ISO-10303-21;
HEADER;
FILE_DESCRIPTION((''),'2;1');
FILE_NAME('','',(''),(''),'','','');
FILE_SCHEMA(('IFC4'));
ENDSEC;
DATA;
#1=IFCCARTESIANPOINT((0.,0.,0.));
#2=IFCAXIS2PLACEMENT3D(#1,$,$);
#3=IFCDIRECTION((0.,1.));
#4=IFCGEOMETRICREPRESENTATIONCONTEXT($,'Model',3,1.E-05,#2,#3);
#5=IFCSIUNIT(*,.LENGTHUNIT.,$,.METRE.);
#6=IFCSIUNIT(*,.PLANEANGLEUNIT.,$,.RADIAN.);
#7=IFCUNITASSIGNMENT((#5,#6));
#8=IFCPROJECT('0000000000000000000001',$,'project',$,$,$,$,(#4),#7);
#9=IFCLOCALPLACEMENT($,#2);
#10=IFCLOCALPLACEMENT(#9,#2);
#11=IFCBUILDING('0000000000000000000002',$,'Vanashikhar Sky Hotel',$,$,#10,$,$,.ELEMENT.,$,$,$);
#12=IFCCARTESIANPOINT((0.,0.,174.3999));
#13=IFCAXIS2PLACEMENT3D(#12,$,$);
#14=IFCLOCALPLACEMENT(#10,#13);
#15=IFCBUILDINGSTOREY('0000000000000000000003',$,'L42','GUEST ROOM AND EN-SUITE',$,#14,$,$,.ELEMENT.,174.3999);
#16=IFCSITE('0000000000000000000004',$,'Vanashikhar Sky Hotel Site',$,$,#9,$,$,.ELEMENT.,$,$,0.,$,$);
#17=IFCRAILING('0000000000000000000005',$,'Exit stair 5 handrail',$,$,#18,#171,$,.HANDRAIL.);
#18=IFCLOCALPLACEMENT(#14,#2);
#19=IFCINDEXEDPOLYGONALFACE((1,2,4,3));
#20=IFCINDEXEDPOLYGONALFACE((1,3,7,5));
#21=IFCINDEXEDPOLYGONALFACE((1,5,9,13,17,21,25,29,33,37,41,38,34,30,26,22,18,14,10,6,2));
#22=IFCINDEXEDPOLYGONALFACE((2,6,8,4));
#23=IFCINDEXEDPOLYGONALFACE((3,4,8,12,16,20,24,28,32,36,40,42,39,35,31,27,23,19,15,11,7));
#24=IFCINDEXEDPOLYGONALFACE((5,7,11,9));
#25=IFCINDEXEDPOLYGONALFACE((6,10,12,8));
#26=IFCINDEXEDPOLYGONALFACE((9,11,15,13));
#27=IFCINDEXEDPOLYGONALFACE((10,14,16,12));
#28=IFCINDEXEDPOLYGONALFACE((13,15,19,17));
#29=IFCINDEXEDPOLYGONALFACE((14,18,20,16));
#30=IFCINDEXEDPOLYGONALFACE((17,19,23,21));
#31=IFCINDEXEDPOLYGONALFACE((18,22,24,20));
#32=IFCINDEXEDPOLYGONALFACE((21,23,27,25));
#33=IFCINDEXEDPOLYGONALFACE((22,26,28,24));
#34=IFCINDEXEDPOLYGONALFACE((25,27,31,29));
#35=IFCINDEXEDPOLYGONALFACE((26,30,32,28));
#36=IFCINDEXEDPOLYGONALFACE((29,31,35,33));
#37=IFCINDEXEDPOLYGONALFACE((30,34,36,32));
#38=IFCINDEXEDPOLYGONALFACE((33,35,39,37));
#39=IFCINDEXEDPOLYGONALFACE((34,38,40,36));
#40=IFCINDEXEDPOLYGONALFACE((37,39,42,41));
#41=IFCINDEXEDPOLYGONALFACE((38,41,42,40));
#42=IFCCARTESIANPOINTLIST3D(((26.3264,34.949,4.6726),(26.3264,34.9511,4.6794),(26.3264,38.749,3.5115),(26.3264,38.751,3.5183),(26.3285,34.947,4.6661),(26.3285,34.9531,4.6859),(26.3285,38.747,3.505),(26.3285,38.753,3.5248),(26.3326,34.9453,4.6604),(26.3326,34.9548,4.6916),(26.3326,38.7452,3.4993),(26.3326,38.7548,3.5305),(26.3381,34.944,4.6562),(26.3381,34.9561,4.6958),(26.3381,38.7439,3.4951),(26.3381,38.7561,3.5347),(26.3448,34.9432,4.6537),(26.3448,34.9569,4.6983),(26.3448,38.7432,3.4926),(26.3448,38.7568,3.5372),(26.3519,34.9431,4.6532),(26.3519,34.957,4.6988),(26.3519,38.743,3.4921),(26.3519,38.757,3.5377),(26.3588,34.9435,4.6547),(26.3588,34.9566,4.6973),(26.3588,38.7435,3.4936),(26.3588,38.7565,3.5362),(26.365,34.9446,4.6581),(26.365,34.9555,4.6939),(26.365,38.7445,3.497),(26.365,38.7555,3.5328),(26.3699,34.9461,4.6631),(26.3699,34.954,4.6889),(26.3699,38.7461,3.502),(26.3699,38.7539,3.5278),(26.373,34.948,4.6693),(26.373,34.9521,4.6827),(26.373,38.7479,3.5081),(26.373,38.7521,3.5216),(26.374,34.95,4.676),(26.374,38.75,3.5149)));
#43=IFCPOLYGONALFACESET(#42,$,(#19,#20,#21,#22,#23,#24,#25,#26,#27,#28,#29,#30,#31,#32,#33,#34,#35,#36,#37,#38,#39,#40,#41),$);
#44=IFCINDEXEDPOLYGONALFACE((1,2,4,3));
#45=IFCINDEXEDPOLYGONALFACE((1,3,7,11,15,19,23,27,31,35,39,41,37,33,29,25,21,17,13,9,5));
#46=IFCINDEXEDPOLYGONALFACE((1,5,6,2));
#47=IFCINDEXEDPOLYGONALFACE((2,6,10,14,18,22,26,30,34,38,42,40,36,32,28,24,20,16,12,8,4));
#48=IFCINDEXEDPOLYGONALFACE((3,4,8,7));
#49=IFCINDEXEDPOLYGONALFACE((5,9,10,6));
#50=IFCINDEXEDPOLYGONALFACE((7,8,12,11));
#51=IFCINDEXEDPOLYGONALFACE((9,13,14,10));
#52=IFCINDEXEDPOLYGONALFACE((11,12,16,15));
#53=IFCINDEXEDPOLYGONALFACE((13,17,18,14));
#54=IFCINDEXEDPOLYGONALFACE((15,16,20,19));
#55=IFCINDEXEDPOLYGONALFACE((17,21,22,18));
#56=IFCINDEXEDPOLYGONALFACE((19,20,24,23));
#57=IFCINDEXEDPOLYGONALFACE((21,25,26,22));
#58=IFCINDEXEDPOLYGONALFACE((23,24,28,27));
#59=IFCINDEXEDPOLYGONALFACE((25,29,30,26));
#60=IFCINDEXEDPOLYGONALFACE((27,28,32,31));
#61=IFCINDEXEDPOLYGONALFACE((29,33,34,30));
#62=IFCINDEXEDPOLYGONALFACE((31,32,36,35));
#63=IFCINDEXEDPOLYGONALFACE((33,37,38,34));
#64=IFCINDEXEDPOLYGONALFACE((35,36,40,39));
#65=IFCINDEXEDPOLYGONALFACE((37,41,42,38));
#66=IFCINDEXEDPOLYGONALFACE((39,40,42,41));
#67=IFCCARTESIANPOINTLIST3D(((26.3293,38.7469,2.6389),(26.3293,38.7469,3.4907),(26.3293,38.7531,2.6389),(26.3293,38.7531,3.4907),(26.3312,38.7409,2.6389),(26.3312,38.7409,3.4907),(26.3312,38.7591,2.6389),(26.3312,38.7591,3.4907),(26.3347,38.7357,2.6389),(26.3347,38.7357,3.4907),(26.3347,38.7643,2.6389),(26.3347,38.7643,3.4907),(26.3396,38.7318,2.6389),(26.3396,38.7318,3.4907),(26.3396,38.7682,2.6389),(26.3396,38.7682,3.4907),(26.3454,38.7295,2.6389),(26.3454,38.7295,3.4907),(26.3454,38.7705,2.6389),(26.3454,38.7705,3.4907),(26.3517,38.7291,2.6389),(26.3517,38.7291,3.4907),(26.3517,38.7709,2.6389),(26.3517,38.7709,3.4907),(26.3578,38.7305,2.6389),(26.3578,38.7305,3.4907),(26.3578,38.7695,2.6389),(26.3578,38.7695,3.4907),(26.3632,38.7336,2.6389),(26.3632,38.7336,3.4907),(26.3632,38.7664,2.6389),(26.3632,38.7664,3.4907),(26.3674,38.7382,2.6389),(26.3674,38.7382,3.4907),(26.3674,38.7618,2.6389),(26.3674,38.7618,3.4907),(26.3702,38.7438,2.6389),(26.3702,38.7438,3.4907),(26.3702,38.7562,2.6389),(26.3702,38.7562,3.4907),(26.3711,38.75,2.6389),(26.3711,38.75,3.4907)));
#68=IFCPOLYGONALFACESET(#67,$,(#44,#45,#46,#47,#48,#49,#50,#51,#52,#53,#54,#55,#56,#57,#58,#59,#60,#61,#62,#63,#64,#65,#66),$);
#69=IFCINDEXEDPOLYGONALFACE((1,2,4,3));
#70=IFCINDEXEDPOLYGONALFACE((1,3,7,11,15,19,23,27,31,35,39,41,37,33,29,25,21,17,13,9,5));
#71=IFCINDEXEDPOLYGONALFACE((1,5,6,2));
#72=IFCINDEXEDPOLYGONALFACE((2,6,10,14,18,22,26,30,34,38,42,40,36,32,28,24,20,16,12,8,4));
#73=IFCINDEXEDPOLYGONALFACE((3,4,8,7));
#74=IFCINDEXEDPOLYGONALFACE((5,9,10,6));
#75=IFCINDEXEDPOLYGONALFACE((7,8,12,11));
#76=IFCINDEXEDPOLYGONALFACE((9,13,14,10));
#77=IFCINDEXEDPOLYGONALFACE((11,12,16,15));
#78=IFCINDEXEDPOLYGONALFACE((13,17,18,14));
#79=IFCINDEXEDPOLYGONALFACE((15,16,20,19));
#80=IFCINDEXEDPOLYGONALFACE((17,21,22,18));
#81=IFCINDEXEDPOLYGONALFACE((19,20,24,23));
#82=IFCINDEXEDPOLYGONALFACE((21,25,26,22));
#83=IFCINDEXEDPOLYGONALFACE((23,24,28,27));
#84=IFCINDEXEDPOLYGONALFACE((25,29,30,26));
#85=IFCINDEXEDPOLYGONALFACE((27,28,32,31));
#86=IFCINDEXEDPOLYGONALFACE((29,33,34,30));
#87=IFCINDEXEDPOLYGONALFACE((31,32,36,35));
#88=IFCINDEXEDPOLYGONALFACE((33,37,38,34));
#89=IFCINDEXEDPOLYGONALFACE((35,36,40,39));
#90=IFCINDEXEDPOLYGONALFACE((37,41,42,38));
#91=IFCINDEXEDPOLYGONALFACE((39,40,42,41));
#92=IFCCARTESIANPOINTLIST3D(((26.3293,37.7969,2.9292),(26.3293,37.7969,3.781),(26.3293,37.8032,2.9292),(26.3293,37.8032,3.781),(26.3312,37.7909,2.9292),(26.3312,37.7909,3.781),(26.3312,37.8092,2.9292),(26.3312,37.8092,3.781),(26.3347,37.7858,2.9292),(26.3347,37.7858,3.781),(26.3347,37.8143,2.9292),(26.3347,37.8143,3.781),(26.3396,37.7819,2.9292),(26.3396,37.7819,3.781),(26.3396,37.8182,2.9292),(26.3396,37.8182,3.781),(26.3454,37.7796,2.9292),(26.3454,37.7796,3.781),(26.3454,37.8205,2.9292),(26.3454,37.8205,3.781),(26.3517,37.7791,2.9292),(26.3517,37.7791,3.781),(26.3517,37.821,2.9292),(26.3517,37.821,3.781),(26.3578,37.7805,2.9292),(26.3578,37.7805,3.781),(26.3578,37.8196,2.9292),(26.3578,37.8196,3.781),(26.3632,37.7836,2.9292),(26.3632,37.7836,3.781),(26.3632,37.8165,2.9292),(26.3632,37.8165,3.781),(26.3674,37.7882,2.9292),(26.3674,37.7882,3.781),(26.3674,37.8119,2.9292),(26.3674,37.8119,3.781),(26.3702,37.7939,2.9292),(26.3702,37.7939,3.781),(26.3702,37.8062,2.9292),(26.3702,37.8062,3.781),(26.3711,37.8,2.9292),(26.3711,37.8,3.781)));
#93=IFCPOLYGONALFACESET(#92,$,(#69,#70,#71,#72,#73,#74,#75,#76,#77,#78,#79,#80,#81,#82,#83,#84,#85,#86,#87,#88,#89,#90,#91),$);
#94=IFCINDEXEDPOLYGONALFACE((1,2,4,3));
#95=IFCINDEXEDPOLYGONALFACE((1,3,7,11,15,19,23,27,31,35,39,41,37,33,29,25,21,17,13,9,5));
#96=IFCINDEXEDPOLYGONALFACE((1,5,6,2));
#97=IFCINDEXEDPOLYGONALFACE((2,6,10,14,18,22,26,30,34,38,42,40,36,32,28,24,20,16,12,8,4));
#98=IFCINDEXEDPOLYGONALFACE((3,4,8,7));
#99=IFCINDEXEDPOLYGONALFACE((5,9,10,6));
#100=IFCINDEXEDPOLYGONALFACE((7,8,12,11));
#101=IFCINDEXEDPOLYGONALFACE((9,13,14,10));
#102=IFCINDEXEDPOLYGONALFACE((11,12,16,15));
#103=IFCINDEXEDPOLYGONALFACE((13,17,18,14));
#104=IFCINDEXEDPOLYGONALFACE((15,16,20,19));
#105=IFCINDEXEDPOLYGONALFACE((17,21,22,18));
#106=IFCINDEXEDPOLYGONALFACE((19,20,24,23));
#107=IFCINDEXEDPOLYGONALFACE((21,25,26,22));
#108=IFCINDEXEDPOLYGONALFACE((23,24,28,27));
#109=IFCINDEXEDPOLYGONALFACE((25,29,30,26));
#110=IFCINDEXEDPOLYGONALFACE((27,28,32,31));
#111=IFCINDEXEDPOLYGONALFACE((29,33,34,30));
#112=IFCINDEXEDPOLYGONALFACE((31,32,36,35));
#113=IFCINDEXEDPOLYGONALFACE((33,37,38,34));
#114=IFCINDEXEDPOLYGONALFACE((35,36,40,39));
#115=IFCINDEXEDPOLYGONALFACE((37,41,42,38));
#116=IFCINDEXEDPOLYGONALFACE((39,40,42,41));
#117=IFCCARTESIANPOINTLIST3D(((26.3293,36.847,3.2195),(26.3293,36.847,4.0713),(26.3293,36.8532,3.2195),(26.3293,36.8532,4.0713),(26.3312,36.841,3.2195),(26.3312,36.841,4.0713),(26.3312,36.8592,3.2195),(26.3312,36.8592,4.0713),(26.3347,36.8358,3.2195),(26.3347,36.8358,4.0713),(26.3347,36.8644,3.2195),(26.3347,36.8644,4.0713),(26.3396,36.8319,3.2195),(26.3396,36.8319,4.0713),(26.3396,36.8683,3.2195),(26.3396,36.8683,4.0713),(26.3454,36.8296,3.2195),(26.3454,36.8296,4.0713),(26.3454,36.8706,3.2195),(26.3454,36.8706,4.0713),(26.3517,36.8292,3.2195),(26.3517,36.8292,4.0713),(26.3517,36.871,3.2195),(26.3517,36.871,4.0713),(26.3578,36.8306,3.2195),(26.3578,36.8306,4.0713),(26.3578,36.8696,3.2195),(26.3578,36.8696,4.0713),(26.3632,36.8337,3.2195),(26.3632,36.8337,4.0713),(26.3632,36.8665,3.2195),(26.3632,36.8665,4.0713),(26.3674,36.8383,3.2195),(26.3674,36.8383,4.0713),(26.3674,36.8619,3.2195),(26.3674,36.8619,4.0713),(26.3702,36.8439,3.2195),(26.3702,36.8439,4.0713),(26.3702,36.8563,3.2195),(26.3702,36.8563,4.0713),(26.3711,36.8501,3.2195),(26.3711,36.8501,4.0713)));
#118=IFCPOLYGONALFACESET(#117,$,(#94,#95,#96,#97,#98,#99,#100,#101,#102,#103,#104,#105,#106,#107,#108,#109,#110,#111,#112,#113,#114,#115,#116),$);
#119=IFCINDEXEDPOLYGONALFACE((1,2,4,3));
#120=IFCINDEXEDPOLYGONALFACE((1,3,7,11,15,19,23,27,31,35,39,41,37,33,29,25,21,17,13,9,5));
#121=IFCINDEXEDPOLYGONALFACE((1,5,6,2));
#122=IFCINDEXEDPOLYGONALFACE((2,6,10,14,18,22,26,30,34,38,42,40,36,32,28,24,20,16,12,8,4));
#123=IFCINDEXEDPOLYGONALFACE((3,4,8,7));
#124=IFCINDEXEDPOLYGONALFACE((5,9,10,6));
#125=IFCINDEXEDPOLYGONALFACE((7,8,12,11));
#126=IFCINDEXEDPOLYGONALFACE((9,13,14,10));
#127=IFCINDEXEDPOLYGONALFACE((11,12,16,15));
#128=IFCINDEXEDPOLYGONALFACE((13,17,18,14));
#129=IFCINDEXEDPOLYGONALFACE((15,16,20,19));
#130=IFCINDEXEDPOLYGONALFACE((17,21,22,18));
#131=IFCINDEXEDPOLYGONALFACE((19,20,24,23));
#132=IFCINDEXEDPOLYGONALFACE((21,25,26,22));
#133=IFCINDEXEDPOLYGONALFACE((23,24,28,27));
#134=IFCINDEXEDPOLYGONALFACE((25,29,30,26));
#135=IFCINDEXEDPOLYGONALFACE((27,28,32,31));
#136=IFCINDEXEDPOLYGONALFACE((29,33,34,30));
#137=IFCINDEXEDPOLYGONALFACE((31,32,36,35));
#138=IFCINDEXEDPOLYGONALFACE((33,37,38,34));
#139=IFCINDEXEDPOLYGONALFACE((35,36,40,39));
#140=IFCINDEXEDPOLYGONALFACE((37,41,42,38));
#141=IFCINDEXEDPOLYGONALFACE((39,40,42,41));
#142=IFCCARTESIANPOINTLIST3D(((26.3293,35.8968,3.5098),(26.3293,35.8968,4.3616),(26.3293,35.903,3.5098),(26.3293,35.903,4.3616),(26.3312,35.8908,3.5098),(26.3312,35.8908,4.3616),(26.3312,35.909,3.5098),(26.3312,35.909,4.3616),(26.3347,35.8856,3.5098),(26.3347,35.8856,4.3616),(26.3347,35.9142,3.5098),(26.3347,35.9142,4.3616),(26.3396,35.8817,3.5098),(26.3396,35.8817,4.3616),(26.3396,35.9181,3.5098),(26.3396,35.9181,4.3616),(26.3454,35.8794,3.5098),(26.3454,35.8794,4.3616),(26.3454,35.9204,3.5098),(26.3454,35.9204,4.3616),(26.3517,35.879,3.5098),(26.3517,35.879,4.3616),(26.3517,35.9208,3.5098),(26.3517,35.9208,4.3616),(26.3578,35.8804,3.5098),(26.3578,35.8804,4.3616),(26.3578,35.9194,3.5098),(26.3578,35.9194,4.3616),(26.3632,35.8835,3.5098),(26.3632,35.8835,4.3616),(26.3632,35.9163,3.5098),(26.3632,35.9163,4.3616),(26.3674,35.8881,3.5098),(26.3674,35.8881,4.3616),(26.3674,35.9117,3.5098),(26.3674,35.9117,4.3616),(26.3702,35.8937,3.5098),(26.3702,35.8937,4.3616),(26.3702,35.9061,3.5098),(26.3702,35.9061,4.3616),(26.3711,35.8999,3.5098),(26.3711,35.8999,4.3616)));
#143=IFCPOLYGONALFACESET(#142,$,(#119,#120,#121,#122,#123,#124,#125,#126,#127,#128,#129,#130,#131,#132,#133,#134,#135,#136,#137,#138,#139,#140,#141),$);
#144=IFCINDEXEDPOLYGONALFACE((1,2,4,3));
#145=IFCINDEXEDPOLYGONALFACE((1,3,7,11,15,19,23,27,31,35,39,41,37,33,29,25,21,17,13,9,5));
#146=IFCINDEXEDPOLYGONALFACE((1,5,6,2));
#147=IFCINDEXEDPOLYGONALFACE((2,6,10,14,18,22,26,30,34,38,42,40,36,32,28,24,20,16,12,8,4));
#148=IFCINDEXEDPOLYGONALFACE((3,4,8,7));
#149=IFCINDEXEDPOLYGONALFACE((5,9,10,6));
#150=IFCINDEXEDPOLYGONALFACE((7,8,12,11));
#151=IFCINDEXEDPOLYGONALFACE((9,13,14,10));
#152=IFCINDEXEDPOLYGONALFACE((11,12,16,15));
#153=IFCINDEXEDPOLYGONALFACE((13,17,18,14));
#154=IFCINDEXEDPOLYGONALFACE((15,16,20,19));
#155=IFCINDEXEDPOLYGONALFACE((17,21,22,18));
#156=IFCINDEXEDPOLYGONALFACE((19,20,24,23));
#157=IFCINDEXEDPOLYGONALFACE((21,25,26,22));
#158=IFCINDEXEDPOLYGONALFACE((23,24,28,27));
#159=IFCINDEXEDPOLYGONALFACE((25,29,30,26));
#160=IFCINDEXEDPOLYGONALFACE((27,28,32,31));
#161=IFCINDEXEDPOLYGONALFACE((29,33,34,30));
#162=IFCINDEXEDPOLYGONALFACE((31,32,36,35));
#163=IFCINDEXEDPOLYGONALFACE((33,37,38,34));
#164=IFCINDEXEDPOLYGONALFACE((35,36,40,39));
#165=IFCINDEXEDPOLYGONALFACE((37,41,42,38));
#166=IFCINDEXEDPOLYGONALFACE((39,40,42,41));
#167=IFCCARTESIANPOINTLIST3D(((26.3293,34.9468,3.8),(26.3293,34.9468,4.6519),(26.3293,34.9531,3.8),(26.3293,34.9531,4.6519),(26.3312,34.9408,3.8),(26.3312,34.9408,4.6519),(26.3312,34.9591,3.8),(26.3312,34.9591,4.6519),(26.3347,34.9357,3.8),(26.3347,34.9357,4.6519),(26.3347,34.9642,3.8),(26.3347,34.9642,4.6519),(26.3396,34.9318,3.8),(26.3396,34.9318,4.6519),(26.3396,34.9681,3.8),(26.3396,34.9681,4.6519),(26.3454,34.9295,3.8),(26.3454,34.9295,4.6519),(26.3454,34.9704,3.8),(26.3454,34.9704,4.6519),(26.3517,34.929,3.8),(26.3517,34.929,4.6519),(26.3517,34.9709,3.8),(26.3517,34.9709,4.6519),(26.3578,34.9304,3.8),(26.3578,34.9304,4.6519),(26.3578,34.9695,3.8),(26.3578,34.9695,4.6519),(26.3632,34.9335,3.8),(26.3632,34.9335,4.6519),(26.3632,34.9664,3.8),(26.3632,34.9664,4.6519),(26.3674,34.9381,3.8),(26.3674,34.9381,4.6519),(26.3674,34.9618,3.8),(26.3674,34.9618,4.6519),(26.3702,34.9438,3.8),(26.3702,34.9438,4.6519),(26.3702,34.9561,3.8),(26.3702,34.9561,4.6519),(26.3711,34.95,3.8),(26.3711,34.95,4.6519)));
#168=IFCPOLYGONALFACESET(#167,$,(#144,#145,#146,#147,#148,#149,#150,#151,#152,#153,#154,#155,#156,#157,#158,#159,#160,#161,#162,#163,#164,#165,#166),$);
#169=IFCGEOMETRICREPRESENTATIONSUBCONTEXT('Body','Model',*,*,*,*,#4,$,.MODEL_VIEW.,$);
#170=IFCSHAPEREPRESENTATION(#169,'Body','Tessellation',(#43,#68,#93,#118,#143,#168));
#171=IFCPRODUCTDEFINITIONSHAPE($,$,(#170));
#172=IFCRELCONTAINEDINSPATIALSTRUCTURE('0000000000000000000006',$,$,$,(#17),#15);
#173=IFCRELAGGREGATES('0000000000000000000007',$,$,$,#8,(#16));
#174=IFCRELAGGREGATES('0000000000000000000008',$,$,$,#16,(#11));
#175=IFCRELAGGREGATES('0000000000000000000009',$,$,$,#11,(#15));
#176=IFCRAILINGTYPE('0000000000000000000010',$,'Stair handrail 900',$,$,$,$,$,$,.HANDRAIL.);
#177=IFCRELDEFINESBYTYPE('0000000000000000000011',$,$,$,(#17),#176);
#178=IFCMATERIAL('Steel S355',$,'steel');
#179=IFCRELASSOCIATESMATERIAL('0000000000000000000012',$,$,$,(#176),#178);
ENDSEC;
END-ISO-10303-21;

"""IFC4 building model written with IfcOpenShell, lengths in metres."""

from ifc_helpers import new_model, si_unit, direction, frame, origin, origin_2d, place, context, subcontext, project, spatial, circle, extrude, source, transform, mapped, material, type_object, element, save


model = new_model("IFC4")

# Units and contexts
model_context = context("Model", 3, precision=1e-05, world=origin(), true_north=direction((0.0, 1.0)))
body_context = subcontext(model_context, "Body", "Model", "MODEL_VIEW")
ifc_project = project(units=[si_unit("LENGTHUNIT", "METRE"), si_unit("PLANEANGLEUNIT", "RADIAN")], contexts=[model_context])

# Site, building, storey
site_placement = place(None, origin())
site = spatial("IfcSite", under=ifc_project, at=site_placement, Name="Vanashikhar Sky Hotel Site", CompositionType="ELEMENT", RefElevation=0.0)
building_placement = place(site_placement, origin())
building = spatial("IfcBuilding", under=site, at=building_placement, Name="Vanashikhar Sky Hotel", CompositionType="ELEMENT")
storey_placement = place(building_placement, frame((0.0, 0.0, 174.3999)))
storey = spatial("IfcBuildingStorey", under=building, at=storey_placement, Name="L42", Description="GUEST ROOM AND EN-SUITE", CompositionType="ELEMENT", Elevation=174.3999)

# Railing
ifc_material_1 = material(Name="Steel S355", Category="steel")
railing_type_1 = type_object("IfcRailingType", Name="Stair handrail 900", PredefinedType="HANDRAIL", material=ifc_material_1)
shared_shape_1 = source(origin(), body_context, "Body", "SweptSolid", [
    extrude(circle(Radius=0.0239, at=origin_2d()), frame((0.0, 0.0, 0.876), z_axis=(0.0, -0.956351, 0.29222), x_axis=(1.0, 0.0, 0.0)), (0.0, 0.0, 1.0), 3.9734),
    extrude(circle(Radius=0.021, at=origin_2d()), origin(), (0.0, 0.0, 1.0), 0.8518),
    extrude(circle(Radius=0.021, at=origin_2d()), frame((0.0, -0.95, 0.2903)), (0.0, 0.0, 1.0), 0.8518),
    extrude(circle(Radius=0.021, at=origin_2d()), frame((0.0, -1.8999, 0.5806)), (0.0, 0.0, 1.0), 0.8518),
    extrude(circle(Radius=0.021, at=origin_2d()), frame((0.0, -2.8501, 0.8708)), (0.0, 0.0, 1.0), 0.8518),
    extrude(circle(Radius=0.021, at=origin_2d()), frame((0.0, -3.8, 1.1611)), (0.0, 0.0, 1.0), 0.8518),
])
for number, where, name in (
    (1, (26.3501, 38.75, 2.6389), "Exit stair 5 handrail"),
):
    element("IfcRailing", number, at=place(storey_placement, frame(where)), inside=storey, type_object=railing_type_1, Name=name, PredefinedType="HANDRAIL", context=body_context, shape_type="MappedRepresentation", body=[
        mapped(shared_shape_1, transform((0.0, 0.0, 0.0), scale=1.0)),
    ])

save(model, "model.ifc")
